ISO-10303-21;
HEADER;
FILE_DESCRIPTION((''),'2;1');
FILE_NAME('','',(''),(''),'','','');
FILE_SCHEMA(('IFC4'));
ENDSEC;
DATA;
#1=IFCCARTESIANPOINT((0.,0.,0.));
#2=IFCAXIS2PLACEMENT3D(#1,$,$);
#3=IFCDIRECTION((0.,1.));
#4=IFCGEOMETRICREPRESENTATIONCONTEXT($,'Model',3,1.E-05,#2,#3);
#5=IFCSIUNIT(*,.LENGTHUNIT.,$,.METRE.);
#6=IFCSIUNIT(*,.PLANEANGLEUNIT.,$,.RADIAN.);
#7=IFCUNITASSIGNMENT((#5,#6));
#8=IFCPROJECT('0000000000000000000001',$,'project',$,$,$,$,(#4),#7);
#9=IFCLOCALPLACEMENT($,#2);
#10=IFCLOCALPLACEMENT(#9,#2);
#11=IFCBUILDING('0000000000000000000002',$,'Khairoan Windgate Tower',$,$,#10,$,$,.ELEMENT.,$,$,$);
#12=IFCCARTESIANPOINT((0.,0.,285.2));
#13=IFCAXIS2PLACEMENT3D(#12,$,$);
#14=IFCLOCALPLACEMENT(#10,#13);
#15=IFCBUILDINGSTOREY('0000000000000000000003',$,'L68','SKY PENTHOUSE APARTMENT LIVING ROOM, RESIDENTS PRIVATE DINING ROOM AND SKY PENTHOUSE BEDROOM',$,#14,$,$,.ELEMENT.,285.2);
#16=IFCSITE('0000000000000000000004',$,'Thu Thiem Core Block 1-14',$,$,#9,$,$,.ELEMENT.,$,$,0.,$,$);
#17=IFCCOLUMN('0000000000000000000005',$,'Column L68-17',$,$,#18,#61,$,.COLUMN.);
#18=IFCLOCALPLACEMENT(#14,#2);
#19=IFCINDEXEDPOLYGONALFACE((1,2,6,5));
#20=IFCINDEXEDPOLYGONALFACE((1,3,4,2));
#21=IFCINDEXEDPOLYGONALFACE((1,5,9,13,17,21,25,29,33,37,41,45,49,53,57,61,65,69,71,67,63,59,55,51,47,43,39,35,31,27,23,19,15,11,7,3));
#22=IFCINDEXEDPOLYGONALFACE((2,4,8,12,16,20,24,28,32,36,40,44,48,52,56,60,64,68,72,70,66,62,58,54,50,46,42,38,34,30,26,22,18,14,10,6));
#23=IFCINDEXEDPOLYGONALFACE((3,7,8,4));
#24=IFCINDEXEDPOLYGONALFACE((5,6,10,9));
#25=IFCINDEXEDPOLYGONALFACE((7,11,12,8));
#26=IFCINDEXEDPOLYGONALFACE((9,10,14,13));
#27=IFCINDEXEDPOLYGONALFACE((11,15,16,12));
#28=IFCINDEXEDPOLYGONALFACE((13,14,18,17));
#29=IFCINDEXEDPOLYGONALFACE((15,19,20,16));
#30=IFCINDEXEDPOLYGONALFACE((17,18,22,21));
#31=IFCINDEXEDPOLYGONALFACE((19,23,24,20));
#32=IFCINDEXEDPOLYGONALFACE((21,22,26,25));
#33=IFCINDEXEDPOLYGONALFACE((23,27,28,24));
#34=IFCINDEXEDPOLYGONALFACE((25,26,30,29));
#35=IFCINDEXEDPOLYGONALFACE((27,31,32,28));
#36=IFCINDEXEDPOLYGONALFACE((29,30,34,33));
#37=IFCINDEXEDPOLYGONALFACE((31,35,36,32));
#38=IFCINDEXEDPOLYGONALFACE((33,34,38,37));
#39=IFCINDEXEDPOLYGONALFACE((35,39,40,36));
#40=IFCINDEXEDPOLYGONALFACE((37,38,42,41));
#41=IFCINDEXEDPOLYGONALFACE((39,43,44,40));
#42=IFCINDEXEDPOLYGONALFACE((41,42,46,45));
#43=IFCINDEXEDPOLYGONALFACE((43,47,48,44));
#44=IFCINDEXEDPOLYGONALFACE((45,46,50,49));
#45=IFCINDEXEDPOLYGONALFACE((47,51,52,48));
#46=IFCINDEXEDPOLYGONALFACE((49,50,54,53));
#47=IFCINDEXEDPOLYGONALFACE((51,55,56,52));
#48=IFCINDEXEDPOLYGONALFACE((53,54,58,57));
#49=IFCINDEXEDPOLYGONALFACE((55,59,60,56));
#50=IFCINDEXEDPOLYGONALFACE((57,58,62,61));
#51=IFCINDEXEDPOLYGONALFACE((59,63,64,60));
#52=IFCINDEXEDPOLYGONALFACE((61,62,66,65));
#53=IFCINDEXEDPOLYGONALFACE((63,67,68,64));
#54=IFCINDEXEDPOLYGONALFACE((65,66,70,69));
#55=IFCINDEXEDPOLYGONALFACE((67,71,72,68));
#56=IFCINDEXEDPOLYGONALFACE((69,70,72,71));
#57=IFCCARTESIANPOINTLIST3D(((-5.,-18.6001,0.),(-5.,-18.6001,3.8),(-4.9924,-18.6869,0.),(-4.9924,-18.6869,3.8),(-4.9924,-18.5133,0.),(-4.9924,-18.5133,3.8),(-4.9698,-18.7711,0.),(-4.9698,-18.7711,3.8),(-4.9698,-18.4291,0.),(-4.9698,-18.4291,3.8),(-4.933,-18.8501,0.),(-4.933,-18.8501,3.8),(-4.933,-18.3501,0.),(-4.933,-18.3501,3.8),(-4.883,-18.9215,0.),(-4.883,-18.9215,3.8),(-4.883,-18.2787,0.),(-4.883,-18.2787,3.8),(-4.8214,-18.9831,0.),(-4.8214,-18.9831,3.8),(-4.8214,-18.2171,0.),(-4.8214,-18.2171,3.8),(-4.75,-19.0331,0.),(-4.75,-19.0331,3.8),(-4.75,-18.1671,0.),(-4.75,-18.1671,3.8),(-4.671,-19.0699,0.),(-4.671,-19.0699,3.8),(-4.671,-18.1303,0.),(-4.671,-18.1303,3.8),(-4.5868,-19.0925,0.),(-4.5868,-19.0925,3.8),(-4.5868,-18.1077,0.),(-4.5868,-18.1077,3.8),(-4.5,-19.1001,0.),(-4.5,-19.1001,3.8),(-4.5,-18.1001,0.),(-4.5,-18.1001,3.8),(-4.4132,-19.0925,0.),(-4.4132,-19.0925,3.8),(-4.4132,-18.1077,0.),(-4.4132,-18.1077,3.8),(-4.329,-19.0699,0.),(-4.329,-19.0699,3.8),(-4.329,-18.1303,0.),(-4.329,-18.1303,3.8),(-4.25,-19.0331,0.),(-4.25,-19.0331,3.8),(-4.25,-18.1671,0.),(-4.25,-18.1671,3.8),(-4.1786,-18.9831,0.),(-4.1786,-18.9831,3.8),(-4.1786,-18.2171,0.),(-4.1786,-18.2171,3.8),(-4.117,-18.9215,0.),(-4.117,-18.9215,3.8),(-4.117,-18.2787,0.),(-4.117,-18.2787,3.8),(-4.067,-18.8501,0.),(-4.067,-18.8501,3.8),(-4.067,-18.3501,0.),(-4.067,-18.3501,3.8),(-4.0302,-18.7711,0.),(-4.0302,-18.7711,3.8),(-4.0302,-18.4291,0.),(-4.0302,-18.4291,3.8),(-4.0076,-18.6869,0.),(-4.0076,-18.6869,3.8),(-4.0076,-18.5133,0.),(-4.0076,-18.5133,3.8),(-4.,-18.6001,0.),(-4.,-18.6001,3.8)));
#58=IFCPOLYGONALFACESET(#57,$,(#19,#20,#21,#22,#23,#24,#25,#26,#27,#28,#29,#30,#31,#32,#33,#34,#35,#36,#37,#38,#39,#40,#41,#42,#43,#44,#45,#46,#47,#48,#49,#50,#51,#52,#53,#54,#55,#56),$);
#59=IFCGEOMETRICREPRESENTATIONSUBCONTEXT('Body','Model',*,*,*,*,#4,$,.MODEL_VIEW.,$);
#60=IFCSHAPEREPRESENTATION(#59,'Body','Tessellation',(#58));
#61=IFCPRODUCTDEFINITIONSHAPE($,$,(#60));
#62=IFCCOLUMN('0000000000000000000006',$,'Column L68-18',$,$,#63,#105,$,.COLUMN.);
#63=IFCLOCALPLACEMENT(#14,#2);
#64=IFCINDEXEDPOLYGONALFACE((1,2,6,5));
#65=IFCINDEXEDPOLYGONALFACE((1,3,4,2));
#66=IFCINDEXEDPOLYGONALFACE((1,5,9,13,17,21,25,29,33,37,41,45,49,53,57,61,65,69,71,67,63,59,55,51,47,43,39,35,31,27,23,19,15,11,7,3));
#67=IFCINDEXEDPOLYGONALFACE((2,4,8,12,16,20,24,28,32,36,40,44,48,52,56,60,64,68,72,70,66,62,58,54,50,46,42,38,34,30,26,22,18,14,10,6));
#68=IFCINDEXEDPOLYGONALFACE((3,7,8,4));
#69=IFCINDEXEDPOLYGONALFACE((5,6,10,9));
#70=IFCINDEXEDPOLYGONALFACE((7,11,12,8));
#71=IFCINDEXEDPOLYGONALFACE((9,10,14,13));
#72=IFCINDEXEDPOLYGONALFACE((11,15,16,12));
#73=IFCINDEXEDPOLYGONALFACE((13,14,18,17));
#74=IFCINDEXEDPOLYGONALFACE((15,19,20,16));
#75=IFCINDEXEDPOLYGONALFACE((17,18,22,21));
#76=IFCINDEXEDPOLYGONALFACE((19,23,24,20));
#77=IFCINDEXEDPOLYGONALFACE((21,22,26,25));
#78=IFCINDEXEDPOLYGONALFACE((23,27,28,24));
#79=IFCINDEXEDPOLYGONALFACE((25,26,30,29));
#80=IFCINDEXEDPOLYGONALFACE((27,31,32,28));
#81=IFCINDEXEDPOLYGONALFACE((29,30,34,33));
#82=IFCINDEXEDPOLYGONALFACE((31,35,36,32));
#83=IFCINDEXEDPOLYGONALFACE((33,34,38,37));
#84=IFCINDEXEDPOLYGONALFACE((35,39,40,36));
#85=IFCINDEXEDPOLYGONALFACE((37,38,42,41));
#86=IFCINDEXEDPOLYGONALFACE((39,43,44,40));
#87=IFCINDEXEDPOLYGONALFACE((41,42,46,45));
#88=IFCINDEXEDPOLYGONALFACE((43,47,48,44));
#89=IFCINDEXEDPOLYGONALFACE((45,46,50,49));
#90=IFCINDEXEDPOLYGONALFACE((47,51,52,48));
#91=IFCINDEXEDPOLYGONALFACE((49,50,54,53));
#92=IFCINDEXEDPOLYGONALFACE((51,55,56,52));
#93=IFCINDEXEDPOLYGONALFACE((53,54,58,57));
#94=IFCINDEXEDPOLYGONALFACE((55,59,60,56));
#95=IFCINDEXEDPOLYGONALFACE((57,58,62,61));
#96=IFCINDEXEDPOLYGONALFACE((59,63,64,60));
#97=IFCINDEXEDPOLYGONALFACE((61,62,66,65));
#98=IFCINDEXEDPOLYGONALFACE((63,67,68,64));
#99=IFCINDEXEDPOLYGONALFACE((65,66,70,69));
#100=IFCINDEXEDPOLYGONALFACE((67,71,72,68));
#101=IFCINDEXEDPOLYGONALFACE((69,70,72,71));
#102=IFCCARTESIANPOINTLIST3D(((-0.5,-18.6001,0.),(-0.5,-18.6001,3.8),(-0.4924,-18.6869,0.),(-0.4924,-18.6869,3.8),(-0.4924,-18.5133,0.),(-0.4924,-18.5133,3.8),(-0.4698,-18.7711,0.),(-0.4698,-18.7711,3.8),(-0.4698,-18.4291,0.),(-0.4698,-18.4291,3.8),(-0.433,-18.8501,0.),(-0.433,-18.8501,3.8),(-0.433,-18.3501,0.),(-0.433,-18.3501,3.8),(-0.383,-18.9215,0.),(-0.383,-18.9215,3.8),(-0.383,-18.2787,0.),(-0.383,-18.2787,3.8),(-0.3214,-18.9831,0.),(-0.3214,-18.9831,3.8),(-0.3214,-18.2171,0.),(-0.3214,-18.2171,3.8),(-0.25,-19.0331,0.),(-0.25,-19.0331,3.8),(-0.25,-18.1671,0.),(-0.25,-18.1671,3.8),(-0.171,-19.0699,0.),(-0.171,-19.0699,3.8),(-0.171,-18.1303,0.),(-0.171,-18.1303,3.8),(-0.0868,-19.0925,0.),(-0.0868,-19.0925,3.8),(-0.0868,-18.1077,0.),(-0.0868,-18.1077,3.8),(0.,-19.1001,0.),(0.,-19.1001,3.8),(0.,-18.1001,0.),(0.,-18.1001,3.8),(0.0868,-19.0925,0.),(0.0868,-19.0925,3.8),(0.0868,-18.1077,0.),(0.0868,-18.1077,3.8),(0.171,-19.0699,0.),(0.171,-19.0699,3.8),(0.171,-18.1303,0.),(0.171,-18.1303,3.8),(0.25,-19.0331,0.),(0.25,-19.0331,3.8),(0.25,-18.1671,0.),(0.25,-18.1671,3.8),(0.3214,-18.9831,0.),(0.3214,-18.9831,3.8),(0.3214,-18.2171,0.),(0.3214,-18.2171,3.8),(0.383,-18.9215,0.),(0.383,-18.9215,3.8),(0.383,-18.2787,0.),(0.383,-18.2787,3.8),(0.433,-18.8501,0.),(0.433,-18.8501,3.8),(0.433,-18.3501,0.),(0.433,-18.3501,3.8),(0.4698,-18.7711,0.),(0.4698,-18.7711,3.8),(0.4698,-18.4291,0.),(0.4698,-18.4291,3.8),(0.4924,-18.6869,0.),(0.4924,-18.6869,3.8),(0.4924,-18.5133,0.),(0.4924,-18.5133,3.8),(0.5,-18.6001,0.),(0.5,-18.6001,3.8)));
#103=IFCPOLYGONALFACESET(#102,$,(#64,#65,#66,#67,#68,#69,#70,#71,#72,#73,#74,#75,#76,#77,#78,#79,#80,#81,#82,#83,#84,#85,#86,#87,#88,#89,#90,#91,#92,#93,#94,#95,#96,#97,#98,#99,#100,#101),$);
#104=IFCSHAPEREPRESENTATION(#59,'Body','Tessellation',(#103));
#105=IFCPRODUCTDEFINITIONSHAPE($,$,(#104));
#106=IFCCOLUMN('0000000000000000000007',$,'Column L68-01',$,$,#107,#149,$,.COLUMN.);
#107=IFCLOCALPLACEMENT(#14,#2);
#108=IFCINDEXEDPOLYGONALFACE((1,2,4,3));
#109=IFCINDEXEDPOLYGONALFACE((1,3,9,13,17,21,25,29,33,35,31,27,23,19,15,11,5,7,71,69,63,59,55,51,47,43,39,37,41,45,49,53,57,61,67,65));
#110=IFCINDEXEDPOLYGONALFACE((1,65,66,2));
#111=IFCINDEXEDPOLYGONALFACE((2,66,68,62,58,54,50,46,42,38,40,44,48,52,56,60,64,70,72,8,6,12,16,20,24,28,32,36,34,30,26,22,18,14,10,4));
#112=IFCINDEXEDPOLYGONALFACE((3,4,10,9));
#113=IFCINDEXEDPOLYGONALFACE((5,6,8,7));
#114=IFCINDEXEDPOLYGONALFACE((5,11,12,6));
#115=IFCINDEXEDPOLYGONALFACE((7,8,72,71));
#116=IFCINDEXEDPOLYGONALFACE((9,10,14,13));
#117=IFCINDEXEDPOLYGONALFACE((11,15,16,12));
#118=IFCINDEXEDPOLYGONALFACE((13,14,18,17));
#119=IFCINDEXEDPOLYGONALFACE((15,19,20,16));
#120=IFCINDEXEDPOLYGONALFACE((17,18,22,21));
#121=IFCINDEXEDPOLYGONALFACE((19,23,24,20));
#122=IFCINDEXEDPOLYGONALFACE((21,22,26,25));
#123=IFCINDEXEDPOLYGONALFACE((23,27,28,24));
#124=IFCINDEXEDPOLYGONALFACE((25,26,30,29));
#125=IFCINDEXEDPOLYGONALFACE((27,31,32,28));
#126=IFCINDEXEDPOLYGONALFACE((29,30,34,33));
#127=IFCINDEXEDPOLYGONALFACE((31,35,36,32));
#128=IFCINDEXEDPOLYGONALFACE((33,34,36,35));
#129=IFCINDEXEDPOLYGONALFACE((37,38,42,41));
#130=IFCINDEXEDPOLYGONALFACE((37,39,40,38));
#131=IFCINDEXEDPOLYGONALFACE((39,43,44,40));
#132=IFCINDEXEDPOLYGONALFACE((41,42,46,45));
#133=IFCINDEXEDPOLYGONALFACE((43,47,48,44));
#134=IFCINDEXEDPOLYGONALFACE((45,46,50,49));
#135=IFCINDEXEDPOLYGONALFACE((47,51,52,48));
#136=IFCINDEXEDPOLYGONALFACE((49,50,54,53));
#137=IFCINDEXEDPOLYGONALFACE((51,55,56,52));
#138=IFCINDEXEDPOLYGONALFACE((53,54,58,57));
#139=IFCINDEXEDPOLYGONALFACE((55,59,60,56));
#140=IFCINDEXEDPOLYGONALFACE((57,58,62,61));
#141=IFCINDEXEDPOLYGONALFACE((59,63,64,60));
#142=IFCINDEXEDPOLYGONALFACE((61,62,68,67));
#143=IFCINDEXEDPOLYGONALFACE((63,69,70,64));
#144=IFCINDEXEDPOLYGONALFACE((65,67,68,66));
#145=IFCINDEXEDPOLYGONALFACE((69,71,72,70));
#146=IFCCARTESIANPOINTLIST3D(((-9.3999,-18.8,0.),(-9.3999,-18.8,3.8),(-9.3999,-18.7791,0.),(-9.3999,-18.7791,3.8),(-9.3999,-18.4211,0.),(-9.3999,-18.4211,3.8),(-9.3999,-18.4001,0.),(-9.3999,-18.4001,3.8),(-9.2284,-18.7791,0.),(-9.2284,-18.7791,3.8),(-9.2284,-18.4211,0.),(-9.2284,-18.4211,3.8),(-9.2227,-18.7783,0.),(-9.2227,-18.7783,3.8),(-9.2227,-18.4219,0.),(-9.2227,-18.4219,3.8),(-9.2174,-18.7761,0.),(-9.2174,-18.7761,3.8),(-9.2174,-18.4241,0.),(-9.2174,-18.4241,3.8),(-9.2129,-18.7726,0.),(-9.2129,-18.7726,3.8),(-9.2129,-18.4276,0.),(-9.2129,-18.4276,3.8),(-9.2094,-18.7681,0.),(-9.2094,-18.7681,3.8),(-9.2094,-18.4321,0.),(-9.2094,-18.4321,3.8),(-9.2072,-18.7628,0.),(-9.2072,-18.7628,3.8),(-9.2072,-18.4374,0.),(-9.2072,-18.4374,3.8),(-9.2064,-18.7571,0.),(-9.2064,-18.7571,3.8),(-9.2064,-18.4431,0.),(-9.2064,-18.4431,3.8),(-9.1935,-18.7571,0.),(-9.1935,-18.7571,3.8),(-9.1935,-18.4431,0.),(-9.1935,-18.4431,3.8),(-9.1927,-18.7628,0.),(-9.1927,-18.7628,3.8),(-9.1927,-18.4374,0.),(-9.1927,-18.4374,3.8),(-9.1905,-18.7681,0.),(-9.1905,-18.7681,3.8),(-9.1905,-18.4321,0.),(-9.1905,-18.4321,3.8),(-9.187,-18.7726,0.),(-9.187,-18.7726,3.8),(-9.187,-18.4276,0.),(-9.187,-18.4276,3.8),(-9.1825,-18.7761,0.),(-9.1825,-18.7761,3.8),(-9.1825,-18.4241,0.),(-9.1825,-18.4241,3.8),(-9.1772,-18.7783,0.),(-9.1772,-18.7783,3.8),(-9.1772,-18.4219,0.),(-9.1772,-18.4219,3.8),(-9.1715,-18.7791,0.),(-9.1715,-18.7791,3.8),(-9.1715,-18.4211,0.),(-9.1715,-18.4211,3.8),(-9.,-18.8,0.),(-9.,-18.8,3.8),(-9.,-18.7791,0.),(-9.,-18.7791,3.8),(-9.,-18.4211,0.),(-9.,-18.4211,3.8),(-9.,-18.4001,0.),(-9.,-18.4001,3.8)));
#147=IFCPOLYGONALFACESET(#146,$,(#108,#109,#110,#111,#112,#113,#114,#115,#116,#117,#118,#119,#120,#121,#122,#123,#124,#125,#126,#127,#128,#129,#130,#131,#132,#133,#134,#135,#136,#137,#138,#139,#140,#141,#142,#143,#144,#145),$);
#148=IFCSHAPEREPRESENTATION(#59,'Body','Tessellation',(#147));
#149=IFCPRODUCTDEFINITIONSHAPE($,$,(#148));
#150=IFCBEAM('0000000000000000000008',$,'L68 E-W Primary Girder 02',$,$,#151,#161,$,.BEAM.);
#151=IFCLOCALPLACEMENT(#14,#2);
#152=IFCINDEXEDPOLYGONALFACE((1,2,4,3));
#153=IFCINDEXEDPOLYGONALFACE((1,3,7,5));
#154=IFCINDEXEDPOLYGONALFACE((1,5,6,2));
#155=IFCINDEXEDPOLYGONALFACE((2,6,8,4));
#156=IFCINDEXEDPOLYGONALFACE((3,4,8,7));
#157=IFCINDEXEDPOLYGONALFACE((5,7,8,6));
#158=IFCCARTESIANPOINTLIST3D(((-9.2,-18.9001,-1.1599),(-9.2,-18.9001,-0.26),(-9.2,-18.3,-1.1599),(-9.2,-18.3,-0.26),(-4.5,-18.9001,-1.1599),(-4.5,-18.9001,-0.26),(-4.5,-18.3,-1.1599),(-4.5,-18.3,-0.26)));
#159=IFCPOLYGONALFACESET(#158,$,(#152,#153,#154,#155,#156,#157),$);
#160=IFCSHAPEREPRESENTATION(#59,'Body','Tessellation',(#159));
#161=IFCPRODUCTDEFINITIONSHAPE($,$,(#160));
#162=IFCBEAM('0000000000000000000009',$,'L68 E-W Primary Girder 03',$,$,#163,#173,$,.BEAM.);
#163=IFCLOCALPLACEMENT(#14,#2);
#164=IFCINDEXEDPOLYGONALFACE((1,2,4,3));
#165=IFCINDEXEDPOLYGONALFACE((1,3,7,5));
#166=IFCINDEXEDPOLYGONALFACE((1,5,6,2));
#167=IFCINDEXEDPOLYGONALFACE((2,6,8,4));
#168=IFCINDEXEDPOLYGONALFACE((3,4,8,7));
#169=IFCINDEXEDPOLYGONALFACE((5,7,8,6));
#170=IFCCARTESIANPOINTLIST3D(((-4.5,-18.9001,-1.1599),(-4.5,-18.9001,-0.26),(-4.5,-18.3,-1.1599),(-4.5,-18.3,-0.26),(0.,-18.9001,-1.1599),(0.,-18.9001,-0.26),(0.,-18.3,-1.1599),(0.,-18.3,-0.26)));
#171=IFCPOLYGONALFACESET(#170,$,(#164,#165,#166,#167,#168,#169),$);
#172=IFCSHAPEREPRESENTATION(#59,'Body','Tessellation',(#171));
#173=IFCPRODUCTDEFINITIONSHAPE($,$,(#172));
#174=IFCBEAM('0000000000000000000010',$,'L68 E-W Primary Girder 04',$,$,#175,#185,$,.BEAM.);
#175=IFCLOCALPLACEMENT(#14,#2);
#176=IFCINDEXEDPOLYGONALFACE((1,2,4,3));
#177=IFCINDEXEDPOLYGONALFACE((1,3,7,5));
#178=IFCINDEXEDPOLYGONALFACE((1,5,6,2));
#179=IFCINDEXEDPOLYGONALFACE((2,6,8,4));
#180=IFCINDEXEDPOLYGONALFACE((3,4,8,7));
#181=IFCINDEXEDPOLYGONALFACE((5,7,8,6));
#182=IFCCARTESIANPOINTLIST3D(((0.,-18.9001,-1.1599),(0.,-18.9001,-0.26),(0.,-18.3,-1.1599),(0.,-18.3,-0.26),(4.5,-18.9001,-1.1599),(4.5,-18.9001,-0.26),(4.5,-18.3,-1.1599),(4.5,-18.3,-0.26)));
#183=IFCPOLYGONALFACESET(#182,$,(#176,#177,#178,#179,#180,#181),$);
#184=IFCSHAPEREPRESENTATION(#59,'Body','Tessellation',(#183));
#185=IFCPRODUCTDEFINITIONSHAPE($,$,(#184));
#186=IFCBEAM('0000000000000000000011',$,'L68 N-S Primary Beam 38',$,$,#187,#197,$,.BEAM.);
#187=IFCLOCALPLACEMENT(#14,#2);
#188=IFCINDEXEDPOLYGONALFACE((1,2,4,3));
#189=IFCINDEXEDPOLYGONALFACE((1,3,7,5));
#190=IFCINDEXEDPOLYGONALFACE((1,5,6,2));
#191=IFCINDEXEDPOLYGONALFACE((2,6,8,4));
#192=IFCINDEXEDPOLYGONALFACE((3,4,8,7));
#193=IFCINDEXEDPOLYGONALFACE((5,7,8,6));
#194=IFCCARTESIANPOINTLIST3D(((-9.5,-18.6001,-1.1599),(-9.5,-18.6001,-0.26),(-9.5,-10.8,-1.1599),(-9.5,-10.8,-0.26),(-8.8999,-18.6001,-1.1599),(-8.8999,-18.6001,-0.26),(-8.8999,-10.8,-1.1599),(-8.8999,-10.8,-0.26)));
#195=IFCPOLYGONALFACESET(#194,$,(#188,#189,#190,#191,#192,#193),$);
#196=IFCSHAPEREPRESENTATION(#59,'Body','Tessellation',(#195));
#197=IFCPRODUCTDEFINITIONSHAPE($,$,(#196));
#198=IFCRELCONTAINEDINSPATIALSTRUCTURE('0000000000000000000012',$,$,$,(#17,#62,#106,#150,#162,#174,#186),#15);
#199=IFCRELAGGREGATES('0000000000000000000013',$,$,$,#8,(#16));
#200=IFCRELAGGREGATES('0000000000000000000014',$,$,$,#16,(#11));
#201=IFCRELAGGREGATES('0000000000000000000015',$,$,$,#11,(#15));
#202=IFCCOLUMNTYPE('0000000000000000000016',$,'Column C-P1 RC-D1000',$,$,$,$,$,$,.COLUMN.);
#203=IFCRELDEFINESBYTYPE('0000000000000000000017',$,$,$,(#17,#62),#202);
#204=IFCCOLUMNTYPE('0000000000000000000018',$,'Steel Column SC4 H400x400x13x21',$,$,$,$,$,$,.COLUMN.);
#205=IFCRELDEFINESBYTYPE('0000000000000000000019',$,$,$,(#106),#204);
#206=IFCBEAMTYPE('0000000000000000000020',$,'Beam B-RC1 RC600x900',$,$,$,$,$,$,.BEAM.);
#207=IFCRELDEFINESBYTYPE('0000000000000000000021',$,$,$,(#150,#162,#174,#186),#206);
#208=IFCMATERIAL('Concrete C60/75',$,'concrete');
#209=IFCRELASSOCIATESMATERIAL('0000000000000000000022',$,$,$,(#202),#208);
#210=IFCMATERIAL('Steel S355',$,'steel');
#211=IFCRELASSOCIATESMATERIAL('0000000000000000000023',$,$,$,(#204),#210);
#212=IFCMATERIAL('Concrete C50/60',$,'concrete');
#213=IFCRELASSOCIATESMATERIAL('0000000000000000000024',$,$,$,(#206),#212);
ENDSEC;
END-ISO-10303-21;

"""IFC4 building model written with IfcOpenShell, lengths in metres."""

from ifc_helpers import new_model, si_unit, direction, frame, origin, origin_2d, place, context, subcontext, project, spatial, rectangle, circle, i_section, extrude, material, material_profile, profile_set, type_object, element, save


model = new_model("IFC4")

# Units and contexts
model_context = context("Model", 3, precision=1e-05, world=origin(), true_north=direction((0.0, 1.0)))
body_context = subcontext(model_context, "Body", "Model", "MODEL_VIEW")
ifc_project = project(units=[si_unit("LENGTHUNIT", "METRE"), si_unit("PLANEANGLEUNIT", "RADIAN")], contexts=[model_context])

# Site, building, storey
site_placement = place(None, origin())
site = spatial("IfcSite", under=ifc_project, at=site_placement, Name="Thu Thiem Core Block 1-14", CompositionType="ELEMENT", RefElevation=0.0)
building_placement = place(site_placement, origin())
building = spatial("IfcBuilding", under=site, at=building_placement, Name="Khairoan Windgate Tower", CompositionType="ELEMENT")
storey_placement = place(building_placement, frame((0.0, 0.0, 285.2)))
storey = spatial("IfcBuildingStorey", under=building, at=storey_placement, Name="L68", Description="SKY PENTHOUSE APARTMENT LIVING ROOM, RESIDENTS PRIVATE DINING ROOM AND SKY PENTHOUSE BEDROOM", CompositionType="ELEMENT", Elevation=285.2)

# Columns
ifc_material_1 = material(Name="Concrete C60/75", Category="concrete")
ifc_material_profile_1 = material_profile(ifc_material_1, circle(Radius=0.5, at=origin_2d()))
ifc_profile_set_1 = profile_set([ifc_material_profile_1], Name="Concrete C60/75")
column_type_1 = type_object("IfcColumnType", Name="Column C-P1 RC-D1000", PredefinedType="COLUMN", material=ifc_profile_set_1)
for number, where, z_axis, x_axis, name in (
    (1, (-4.5, -18.6001, 0.0), (0.0, 0.0, 1.0), (1.0, 0.0, 0.0), "Column L68-17"),
    (2, (0.0, -18.6001, 0.0), (0.0, 0.0, 1.0), (1.0, 0.0, 0.0), "Column L68-18"),
):
    element("IfcColumn", number, at=place(storey_placement, frame(where, z_axis=z_axis, x_axis=x_axis)), inside=storey, type_object=column_type_1, Name=name, PredefinedType="COLUMN", context=body_context, shape_type="SweptSolid", body=[
        extrude(circle(Radius=0.5, at=origin_2d()), origin(), (0.0, 0.0, 1.0), 3.8),
    ])
ifc_material_2 = material(Name="Steel S355", Category="steel")
ifc_material_profile_2 = material_profile(ifc_material_2, i_section(OverallWidth=0.3999, OverallDepth=0.3999, WebThickness=0.0129, FlangeThickness=0.021, FilletRadius=0.022, at=origin_2d()))
ifc_profile_set_2 = profile_set([ifc_material_profile_2], Name="Steel S355")
column_type_2 = type_object("IfcColumnType", Name="Steel Column SC4 H400x400x13x21", PredefinedType="COLUMN", material=ifc_profile_set_2)
column_placement = place(storey_placement, frame((-9.2, -18.6001, 0.0), z_axis=(0.0, 0.0, 1.0), x_axis=(1.0, 0.0, 0.0)))
element("IfcColumn", 3, at=column_placement, inside=storey, type_object=column_type_2, Name="Column L68-01", PredefinedType="COLUMN", context=body_context, shape_type="SweptSolid", body=[
    extrude(i_section(OverallWidth=0.3999, OverallDepth=0.3999, WebThickness=0.0129, FlangeThickness=0.021, FilletRadius=0.022, at=origin_2d()), origin(), (0.0, 0.0, 1.0), 3.8),
])

# Beams
ifc_material_3 = material(Name="Concrete C50/60", Category="concrete")
ifc_material_profile_3 = material_profile(ifc_material_3, rectangle(XDim=0.6001, YDim=0.8999, at=origin_2d()))
ifc_profile_set_3 = profile_set([ifc_material_profile_3], Name="Concrete C50/60")
beam_type_1 = type_object("IfcBeamType", Name="Beam B-RC1 RC600x900", PredefinedType="BEAM", material=ifc_profile_set_3)
beam_1_placement = place(storey_placement, frame((-9.2, -18.6001, -0.71), z_axis=(1.0, 0.0, 0.0), x_axis=(0.0, 1.0, 0.0)))
element("IfcBeam", 4, at=beam_1_placement, inside=storey, type_object=beam_type_1, Name="L68 E-W Primary Girder 02", PredefinedType="BEAM", context=body_context, shape_type="SweptSolid", body=[
    extrude(rectangle(XDim=0.6001, YDim=0.8999, at=origin_2d()), origin(), (0.0, 0.0, 1.0), 4.7),
])
for number, where, z_axis, x_axis, name in (
    (5, (-4.5, -18.6001, -0.71), (1.0, 0.0, 0.0), (0.0, 1.0, 0.0), "L68 E-W Primary Girder 03"),
    (6, (0.0, -18.6001, -0.71), (1.0, 0.0, 0.0), (0.0, 1.0, 0.0), "L68 E-W Primary Girder 04"),
):
    element("IfcBeam", number, at=place(storey_placement, frame(where, z_axis=z_axis, x_axis=x_axis)), inside=storey, type_object=beam_type_1, Name=name, PredefinedType="BEAM", context=body_context, shape_type="SweptSolid", body=[
        extrude(rectangle(XDim=0.6001, YDim=0.8999, at=origin_2d()), origin(), (0.0, 0.0, 1.0), 4.5),
    ])
beam_2_placement = place(storey_placement, frame((-9.2, -18.6001, -0.71), z_axis=(0.0, 1.0, 0.0), x_axis=(-1.0, 0.0, 0.0)))
element("IfcBeam", 7, at=beam_2_placement, inside=storey, type_object=beam_type_1, Name="L68 N-S Primary Beam 38", PredefinedType="BEAM", context=body_context, shape_type="SweptSolid", body=[
    extrude(rectangle(XDim=0.6001, YDim=0.8999, at=origin_2d()), origin(), (0.0, 0.0, 1.0), 7.8),
])

save(model, "model.ifc")
